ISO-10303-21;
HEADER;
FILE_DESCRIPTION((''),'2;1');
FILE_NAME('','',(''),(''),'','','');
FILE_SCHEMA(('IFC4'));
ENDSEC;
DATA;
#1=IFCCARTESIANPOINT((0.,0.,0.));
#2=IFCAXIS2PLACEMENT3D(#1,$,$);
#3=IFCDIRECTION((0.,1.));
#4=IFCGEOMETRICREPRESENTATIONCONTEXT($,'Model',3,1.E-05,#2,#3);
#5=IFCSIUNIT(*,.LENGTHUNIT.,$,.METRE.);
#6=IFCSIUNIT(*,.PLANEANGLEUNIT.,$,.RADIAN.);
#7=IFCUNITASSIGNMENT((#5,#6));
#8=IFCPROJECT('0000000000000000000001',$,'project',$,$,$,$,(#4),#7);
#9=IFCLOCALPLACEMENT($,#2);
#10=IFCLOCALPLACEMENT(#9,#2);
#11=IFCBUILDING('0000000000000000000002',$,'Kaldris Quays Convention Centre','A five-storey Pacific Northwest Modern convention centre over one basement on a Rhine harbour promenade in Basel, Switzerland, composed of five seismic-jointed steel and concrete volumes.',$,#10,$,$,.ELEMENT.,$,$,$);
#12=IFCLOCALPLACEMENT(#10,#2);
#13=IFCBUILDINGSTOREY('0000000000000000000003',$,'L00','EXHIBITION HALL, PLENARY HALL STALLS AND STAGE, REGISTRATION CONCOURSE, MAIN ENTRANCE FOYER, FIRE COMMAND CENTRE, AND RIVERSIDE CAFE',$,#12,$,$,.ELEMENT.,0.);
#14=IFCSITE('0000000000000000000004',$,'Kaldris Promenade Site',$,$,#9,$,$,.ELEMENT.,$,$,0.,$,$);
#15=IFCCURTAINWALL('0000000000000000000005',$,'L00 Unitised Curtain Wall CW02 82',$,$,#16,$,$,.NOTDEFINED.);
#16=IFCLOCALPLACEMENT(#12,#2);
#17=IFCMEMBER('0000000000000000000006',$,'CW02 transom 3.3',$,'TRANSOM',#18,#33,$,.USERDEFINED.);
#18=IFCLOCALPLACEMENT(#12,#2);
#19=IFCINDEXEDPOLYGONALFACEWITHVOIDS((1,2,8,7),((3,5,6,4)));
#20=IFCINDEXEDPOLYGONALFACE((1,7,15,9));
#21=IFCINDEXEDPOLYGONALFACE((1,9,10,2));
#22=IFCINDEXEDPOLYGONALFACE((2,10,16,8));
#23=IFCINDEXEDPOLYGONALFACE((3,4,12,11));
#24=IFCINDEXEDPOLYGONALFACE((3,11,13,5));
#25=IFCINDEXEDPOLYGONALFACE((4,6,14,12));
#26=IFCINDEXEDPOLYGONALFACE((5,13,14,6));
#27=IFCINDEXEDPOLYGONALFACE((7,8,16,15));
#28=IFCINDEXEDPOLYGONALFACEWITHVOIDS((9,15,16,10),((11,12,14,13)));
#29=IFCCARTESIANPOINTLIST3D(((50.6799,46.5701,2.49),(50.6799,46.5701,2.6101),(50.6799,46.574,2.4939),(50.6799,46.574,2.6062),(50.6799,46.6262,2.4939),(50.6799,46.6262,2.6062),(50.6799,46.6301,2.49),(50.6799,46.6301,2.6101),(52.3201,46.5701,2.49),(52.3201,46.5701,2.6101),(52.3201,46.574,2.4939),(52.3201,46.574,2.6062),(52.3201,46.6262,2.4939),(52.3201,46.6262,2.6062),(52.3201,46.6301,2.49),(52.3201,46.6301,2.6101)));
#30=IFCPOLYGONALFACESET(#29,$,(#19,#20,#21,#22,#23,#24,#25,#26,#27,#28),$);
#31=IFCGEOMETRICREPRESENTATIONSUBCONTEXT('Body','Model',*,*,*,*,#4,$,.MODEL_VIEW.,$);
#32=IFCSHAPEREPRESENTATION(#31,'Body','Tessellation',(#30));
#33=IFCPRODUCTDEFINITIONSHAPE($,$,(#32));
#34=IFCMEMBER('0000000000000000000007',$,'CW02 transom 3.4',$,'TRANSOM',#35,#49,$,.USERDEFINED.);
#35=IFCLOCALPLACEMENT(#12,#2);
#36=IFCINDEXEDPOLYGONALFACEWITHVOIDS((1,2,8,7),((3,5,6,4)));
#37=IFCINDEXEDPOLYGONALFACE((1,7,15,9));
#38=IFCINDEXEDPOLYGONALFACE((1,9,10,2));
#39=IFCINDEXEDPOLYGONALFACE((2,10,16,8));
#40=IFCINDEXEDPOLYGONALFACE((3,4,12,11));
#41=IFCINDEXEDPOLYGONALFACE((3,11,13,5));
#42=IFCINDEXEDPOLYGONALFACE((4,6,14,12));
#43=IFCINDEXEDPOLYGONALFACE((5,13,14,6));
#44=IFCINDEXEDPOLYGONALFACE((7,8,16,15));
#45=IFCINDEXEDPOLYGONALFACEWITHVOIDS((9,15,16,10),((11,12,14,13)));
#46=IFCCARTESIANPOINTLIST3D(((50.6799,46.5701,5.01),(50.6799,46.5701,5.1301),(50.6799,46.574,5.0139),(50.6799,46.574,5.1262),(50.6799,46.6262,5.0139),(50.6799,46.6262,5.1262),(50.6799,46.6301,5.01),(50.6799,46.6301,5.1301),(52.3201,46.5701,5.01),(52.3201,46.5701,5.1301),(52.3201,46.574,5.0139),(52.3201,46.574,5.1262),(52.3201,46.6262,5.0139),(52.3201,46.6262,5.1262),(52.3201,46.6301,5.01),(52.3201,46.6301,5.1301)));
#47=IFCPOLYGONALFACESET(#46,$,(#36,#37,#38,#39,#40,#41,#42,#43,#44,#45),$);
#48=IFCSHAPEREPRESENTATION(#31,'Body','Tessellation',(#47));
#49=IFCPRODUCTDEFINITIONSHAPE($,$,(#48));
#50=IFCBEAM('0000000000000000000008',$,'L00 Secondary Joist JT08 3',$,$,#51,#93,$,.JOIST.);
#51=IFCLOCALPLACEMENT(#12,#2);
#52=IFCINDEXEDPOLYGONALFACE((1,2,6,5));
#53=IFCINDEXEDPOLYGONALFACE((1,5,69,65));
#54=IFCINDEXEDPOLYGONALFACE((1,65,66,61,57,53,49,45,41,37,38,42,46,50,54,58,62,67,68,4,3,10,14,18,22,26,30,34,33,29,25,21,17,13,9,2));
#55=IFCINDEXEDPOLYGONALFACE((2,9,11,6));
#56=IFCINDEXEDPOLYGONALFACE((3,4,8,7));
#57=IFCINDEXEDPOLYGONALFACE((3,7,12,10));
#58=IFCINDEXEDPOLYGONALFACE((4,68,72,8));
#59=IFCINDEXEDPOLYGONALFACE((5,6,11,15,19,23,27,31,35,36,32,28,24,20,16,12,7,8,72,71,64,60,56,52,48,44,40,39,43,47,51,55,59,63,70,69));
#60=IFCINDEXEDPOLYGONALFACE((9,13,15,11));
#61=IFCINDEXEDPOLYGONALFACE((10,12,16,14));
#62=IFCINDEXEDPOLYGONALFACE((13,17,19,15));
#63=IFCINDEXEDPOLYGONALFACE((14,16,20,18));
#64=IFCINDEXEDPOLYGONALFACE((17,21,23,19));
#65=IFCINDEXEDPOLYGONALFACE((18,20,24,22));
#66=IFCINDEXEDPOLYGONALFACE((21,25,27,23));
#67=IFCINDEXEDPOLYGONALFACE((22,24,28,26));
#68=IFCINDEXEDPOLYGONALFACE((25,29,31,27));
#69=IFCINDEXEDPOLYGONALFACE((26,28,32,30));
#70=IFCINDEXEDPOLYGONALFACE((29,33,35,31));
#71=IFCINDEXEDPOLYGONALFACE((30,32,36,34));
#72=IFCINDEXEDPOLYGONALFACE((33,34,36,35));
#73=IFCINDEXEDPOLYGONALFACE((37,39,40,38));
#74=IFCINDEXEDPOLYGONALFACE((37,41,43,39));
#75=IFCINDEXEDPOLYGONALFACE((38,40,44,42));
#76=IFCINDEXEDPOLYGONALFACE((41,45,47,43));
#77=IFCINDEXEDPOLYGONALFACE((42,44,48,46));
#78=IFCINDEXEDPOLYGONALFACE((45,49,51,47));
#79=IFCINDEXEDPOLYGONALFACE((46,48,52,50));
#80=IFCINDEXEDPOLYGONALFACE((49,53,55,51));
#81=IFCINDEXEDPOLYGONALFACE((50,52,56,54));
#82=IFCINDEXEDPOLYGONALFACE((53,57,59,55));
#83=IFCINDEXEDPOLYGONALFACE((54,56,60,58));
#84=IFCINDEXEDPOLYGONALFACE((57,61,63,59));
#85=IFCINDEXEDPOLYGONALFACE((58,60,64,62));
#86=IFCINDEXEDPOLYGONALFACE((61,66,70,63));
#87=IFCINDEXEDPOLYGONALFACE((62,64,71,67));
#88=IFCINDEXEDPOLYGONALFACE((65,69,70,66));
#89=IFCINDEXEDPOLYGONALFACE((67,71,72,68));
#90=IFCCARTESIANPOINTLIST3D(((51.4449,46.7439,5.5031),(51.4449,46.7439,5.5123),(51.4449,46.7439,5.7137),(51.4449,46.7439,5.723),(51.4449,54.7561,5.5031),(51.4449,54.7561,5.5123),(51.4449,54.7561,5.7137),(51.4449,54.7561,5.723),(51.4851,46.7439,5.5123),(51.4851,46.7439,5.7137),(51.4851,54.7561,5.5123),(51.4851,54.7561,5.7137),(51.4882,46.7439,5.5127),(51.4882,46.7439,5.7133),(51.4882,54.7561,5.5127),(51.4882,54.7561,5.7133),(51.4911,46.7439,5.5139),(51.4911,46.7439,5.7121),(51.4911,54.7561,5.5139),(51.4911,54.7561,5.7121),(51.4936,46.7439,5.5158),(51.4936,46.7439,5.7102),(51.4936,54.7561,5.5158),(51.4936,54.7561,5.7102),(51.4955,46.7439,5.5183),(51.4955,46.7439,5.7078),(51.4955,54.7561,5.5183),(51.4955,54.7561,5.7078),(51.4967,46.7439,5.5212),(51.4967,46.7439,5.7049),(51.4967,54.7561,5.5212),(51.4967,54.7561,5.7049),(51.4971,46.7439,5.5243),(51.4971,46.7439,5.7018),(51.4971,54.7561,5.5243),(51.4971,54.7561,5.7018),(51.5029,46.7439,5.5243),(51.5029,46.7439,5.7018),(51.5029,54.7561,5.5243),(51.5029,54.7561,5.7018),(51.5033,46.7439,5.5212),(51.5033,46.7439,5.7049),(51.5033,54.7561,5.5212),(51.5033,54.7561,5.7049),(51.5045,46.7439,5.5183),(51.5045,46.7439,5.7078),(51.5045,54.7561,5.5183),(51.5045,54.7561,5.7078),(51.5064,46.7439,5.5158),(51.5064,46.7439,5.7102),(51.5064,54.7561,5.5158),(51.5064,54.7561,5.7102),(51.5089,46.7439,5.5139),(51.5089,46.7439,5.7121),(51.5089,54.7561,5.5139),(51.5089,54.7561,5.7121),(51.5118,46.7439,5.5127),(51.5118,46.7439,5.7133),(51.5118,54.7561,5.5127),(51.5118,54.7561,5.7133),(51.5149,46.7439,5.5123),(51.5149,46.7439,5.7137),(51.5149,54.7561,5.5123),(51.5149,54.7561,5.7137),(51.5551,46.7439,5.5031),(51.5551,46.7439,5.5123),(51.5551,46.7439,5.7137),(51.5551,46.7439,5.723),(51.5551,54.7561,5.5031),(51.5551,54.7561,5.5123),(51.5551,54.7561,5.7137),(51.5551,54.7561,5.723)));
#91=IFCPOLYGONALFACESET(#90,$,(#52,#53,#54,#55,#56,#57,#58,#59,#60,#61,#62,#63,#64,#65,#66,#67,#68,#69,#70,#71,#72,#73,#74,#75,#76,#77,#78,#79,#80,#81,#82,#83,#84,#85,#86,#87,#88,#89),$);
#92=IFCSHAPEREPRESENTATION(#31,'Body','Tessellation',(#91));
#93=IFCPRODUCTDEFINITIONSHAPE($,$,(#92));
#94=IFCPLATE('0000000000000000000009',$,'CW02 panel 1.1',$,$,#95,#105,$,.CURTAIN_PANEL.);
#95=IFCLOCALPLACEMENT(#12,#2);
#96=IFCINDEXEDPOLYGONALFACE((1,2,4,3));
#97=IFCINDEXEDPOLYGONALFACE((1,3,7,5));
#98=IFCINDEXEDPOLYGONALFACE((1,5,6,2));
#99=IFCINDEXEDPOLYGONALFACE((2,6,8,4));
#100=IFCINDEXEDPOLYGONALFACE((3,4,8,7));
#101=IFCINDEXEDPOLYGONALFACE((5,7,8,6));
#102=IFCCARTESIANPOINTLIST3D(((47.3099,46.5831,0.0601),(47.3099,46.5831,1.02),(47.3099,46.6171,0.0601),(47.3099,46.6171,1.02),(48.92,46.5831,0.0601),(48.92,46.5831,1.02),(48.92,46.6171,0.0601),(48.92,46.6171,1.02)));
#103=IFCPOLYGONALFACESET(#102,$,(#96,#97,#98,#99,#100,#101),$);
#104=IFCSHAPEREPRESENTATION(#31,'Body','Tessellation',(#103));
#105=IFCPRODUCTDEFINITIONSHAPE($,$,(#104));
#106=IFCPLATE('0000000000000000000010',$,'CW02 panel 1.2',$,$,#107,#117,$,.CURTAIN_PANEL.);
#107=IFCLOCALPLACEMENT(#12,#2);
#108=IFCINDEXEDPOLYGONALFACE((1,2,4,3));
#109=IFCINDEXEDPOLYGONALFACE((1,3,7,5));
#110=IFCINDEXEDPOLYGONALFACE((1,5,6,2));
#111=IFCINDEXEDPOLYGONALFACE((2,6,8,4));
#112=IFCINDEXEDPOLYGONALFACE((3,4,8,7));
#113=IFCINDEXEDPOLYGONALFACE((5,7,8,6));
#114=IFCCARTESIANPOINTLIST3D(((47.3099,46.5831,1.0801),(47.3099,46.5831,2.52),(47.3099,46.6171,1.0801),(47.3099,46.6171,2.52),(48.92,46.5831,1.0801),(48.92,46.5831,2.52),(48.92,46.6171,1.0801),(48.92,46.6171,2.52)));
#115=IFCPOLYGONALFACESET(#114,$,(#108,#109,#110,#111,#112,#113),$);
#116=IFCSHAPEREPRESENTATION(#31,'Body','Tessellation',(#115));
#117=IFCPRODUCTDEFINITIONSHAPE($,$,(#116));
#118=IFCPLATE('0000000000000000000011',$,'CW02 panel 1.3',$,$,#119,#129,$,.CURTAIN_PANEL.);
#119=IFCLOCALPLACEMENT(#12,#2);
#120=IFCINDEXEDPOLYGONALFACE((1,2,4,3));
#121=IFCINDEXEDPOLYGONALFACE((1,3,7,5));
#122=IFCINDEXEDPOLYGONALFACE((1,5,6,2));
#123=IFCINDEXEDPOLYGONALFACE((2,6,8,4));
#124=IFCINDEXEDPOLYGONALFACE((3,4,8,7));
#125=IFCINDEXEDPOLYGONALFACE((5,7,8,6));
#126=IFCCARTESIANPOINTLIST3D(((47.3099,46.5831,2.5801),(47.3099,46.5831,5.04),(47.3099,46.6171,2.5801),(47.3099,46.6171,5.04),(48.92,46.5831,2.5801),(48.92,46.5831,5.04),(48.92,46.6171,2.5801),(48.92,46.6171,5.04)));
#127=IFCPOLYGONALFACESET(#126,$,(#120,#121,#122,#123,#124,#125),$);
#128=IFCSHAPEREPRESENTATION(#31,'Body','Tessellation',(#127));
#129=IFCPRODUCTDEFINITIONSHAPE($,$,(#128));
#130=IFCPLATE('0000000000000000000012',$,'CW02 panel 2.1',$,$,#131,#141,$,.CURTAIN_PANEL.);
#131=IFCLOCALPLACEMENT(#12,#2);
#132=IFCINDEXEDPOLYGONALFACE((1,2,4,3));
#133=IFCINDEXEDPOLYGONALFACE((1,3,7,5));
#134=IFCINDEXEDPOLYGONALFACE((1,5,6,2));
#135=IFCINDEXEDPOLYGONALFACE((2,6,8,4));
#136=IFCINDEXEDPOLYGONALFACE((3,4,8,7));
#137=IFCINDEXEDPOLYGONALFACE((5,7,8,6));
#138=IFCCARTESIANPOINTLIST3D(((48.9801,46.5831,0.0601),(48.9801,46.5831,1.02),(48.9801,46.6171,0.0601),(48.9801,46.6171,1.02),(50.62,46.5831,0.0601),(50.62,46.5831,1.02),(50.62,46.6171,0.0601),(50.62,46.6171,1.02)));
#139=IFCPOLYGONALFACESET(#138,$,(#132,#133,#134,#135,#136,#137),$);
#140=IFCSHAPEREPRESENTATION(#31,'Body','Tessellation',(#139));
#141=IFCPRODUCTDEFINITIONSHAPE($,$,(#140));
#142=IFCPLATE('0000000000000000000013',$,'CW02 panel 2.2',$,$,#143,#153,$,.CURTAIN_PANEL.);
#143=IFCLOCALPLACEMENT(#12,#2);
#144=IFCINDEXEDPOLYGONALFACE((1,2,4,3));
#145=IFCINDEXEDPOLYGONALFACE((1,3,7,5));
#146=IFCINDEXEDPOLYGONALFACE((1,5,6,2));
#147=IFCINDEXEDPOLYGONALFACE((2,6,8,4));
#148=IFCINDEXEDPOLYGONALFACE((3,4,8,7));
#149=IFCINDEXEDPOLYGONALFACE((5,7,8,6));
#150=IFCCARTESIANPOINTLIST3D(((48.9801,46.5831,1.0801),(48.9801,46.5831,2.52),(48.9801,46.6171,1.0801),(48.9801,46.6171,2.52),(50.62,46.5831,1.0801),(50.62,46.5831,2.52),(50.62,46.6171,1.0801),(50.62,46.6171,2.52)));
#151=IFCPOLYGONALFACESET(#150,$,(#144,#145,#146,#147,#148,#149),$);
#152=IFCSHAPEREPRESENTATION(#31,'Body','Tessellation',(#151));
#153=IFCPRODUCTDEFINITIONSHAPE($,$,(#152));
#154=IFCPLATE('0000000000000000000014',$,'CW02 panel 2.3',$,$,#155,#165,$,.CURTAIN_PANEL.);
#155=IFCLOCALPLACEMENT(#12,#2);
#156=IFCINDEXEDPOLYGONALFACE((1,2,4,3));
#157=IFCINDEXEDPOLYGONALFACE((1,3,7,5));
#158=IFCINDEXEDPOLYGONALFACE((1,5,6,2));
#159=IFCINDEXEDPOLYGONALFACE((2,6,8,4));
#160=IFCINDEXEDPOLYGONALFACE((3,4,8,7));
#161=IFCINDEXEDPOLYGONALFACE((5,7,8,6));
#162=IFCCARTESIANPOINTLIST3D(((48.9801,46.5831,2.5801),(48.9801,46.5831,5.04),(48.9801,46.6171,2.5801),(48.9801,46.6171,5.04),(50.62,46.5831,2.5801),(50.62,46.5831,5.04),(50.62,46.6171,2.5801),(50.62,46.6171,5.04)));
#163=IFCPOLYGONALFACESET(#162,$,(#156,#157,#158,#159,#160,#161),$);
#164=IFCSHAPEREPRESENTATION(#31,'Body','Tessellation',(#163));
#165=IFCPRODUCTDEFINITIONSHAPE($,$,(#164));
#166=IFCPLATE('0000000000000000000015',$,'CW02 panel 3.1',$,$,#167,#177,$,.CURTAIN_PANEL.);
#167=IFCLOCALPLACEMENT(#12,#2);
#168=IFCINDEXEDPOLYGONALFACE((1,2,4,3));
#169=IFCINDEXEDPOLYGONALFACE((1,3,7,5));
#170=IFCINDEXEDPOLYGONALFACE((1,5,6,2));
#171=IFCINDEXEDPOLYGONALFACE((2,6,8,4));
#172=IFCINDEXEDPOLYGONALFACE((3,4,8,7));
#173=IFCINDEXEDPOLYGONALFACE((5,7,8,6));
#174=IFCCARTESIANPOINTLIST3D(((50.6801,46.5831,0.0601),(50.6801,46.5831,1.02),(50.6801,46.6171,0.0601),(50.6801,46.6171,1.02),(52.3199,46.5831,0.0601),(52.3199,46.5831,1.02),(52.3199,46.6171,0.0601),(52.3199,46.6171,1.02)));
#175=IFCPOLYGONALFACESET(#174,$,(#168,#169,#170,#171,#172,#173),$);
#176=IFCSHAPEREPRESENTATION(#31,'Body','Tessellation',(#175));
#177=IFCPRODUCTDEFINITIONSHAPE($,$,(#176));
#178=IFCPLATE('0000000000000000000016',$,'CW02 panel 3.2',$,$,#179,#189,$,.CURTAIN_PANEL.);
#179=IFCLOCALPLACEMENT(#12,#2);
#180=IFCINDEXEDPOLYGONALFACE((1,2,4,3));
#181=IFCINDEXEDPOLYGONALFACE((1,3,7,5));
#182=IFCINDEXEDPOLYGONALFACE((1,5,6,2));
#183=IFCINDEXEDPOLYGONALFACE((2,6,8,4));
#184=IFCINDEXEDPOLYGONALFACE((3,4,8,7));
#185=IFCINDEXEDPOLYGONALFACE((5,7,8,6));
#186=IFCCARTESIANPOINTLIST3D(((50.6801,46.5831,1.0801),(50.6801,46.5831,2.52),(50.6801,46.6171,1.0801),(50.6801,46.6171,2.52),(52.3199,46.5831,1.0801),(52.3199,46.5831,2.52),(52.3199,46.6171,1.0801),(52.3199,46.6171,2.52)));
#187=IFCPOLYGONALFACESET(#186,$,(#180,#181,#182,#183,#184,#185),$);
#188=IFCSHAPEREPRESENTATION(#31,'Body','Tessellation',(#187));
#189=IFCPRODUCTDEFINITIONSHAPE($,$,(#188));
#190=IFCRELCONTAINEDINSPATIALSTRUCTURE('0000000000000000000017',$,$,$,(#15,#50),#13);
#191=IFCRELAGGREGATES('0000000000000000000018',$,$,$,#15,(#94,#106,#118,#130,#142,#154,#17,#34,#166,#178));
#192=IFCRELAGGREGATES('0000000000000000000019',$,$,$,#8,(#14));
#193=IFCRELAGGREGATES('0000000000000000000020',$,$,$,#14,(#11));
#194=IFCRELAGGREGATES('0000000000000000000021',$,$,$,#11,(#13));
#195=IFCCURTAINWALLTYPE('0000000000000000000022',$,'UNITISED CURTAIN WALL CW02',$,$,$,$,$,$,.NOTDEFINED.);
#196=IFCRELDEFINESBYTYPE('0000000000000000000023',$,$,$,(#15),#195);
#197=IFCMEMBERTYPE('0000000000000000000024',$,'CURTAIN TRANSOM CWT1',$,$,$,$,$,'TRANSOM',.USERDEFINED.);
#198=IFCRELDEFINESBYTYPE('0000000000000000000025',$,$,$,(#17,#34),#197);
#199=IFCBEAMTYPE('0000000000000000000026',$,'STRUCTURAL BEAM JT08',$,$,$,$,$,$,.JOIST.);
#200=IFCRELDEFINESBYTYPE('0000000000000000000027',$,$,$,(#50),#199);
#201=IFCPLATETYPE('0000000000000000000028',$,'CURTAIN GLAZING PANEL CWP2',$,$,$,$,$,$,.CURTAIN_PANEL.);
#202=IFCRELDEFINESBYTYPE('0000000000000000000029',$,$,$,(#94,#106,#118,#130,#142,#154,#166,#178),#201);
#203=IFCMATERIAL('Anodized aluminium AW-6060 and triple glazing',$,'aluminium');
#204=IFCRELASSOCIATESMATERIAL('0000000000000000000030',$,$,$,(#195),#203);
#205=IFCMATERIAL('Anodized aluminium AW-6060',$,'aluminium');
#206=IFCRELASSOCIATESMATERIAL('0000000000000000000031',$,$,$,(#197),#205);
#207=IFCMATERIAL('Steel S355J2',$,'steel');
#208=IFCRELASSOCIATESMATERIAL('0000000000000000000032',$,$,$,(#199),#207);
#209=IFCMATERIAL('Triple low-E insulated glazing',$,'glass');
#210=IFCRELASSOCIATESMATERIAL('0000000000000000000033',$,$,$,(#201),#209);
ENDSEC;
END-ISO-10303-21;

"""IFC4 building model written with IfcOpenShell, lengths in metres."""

from ifc_helpers import new_model, si_unit, direction, frame, origin, origin_2d, place, context, subcontext, project, spatial, rectangle, hollow_rectangle, i_section, extrude, material, material_profile, profile_set, type_object, element, aggregate, save


model = new_model("IFC4")

# Units and contexts
model_context = context("Model", 3, precision=1e-05, world=origin(), true_north=direction((0.0, 1.0)))
body_context = subcontext(model_context, "Body", "Model", "MODEL_VIEW")
ifc_project = project(units=[si_unit("LENGTHUNIT", "METRE"), si_unit("PLANEANGLEUNIT", "RADIAN")], contexts=[model_context])

# Site, building, storey
site_placement = place(None, origin())
site = spatial("IfcSite", under=ifc_project, at=site_placement, Name="Kaldris Promenade Site", CompositionType="ELEMENT", RefElevation=0.0)
building_placement = place(site_placement, origin())
building = spatial("IfcBuilding", under=site, at=building_placement, Name="Kaldris Quays Convention Centre", Description="A five-storey Pacific Northwest Modern convention centre over one basement on a Rhine harbour promenade in Basel, Switzerland, composed of five seismic-jointed steel and concrete volumes.", CompositionType="ELEMENT")
storey_placement = place(building_placement, origin())
storey = spatial("IfcBuildingStorey", under=building, at=storey_placement, Name="L00", Description="EXHIBITION HALL, PLENARY HALL STALLS AND STAGE, REGISTRATION CONCOURSE, MAIN ENTRANCE FOYER, FIRE COMMAND CENTRE, AND RIVERSIDE CAFE", CompositionType="ELEMENT", Elevation=0.0)

# Curtain wall, members
ifc_material_1 = material(Name="Anodized aluminium AW-6060 and triple glazing", Category="aluminium")
curtain_wall_type = type_object("IfcCurtainWallType", Name="UNITISED CURTAIN WALL CW02", PredefinedType="NOTDEFINED", material=ifc_material_1)
curtain_wall_placement = place(storey_placement, origin())
curtain_wall = element("IfcCurtainWall", 1, at=curtain_wall_placement, inside=storey, type_object=curtain_wall_type, Name="L00 Unitised Curtain Wall CW02 82", PredefinedType="NOTDEFINED")
ifc_material_2 = material(Name="Anodized aluminium AW-6060", Category="aluminium")
ifc_material_profile_1 = material_profile(ifc_material_2, hollow_rectangle(XDim=0.0601, YDim=0.1201, WallThickness=0.0039, at=origin_2d()), Name="RHS 120x60x4")
ifc_profile_set_1 = profile_set([ifc_material_profile_1], Name="Anodized aluminium AW-6060")
member_type_1 = type_object("IfcMemberType", Name="CURTAIN TRANSOM CWT1", ElementType="TRANSOM", PredefinedType="USERDEFINED", material=ifc_profile_set_1)
member_1_placement = place(storey_placement, frame((50.6799, 46.6001, 2.55), z_axis=(1.0, 0.0, 0.0), x_axis=(0.0, 1.0, 0.0)))
member_1 = element("IfcMember", 2, at=member_1_placement, type_object=member_type_1, Name="CW02 transom 3.3", ObjectType="TRANSOM", PredefinedType="USERDEFINED", context=body_context, shape_type="SweptSolid", body=[
    extrude(hollow_rectangle(XDim=0.0601, YDim=0.1201, WallThickness=0.0039, at=origin_2d()), origin(), (0.0, 0.0, 1.0), 1.6401),
])
member_2_placement = place(storey_placement, frame((50.6799, 46.6001, 5.0701), z_axis=(1.0, 0.0, 0.0), x_axis=(0.0, 1.0, 0.0)))
member_2 = element("IfcMember", 3, at=member_2_placement, type_object=member_type_1, Name="CW02 transom 3.4", ObjectType="TRANSOM", PredefinedType="USERDEFINED", context=body_context, shape_type="SweptSolid", body=[
    extrude(hollow_rectangle(XDim=0.0601, YDim=0.1201, WallThickness=0.0039, at=origin_2d()), origin(), (0.0, 0.0, 1.0), 1.6401),
])

# Beam
ifc_material_3 = material(Name="Steel S355J2", Category="steel")
ifc_material_profile_2 = material_profile(ifc_material_3, i_section(OverallWidth=0.1101, OverallDepth=0.22, WebThickness=0.0059, FlangeThickness=0.0093, FilletRadius=0.012, at=origin_2d()), Name="IPE 220")
ifc_profile_set_2 = profile_set([ifc_material_profile_2], Name="Steel S355J2")
beam_type = type_object("IfcBeamType", Name="STRUCTURAL BEAM JT08", PredefinedType="JOIST", material=ifc_profile_set_2)
beam_placement = place(storey_placement, frame((51.5, 46.7439, 5.613), z_axis=(0.0, 1.0, 0.0), x_axis=(-1.0, 0.0, 0.0)))
element("IfcBeam", 4, at=beam_placement, inside=storey, type_object=beam_type, Name="L00 Secondary Joist JT08 3", PredefinedType="JOIST", context=body_context, shape_type="SweptSolid", body=[
    extrude(i_section(OverallWidth=0.1101, OverallDepth=0.22, WebThickness=0.0059, FlangeThickness=0.0093, FilletRadius=0.012, at=origin_2d()), origin(), (0.0, 0.0, 1.0), 8.0122),
])

# Plates
ifc_material_4 = material(Name="Triple low-E insulated glazing", Category="glass")
plate_type = type_object("IfcPlateType", Name="CURTAIN GLAZING PANEL CWP2", PredefinedType="CURTAIN_PANEL", material=ifc_material_4)
plate_1_placement = place(storey_placement, frame((48.115, 46.6001, 0.0601), z_axis=(0.0, 0.0, 1.0), x_axis=(1.0, 0.0, 0.0)))
plate_1 = element("IfcPlate", 5, at=plate_1_placement, type_object=plate_type, Name="CW02 panel 1.1", PredefinedType="CURTAIN_PANEL", context=body_context, shape_type="SweptSolid", body=[
    extrude(rectangle(XDim=1.6101, YDim=0.0339, at=origin_2d()), origin(), (0.0, 0.0, 1.0), 0.96),
])
plate_2_placement = place(storey_placement, frame((48.115, 46.6001, 1.0801), z_axis=(0.0, 0.0, 1.0), x_axis=(1.0, 0.0, 0.0)))
plate_2 = element("IfcPlate", 6, at=plate_2_placement, type_object=plate_type, Name="CW02 panel 1.2", PredefinedType="CURTAIN_PANEL", context=body_context, shape_type="SweptSolid", body=[
    extrude(rectangle(XDim=1.6101, YDim=0.0339, at=origin_2d()), origin(), (0.0, 0.0, 1.0), 1.4399),
])
plate_3_placement = place(storey_placement, frame((48.115, 46.6001, 2.5801), z_axis=(0.0, 0.0, 1.0), x_axis=(1.0, 0.0, 0.0)))
plate_3 = element("IfcPlate", 7, at=plate_3_placement, type_object=plate_type, Name="CW02 panel 1.3", PredefinedType="CURTAIN_PANEL", context=body_context, shape_type="SweptSolid", body=[
    extrude(rectangle(XDim=1.6101, YDim=0.0339, at=origin_2d()), origin(), (0.0, 0.0, 1.0), 2.46),
])
plate_4_placement = place(storey_placement, frame((49.8, 46.6001, 0.0601), z_axis=(0.0, 0.0, 1.0), x_axis=(1.0, 0.0, 0.0)))
plate_4 = element("IfcPlate", 8, at=plate_4_placement, type_object=plate_type, Name="CW02 panel 2.1", PredefinedType="CURTAIN_PANEL", context=body_context, shape_type="SweptSolid", body=[
    extrude(rectangle(XDim=1.6399, YDim=0.0339, at=origin_2d()), origin(), (0.0, 0.0, 1.0), 0.96),
])
plate_5_placement = place(storey_placement, frame((49.8, 46.6001, 1.0801), z_axis=(0.0, 0.0, 1.0), x_axis=(1.0, 0.0, 0.0)))
plate_5 = element("IfcPlate", 9, at=plate_5_placement, type_object=plate_type, Name="CW02 panel 2.2", PredefinedType="CURTAIN_PANEL", context=body_context, shape_type="SweptSolid", body=[
    extrude(rectangle(XDim=1.6399, YDim=0.0339, at=origin_2d()), origin(), (0.0, 0.0, 1.0), 1.4399),
])
plate_6_placement = place(storey_placement, frame((49.8, 46.6001, 2.5801), z_axis=(0.0, 0.0, 1.0), x_axis=(1.0, 0.0, 0.0)))
plate_6 = element("IfcPlate", 10, at=plate_6_placement, type_object=plate_type, Name="CW02 panel 2.3", PredefinedType="CURTAIN_PANEL", context=body_context, shape_type="SweptSolid", body=[
    extrude(rectangle(XDim=1.6399, YDim=0.0339, at=origin_2d()), origin(), (0.0, 0.0, 1.0), 2.46),
])
plate_7_placement = place(storey_placement, frame((51.5, 46.6001, 0.0601), z_axis=(0.0, 0.0, 1.0), x_axis=(1.0, 0.0, 0.0)))
plate_7 = element("IfcPlate", 11, at=plate_7_placement, type_object=plate_type, Name="CW02 panel 3.1", PredefinedType="CURTAIN_PANEL", context=body_context, shape_type="SweptSolid", body=[
    extrude(rectangle(XDim=1.6399, YDim=0.0339, at=origin_2d()), origin(), (0.0, 0.0, 1.0), 0.96),
])
plate_8_placement = place(storey_placement, frame((51.5, 46.6001, 1.0801), z_axis=(0.0, 0.0, 1.0), x_axis=(1.0, 0.0, 0.0)))
plate_8 = element("IfcPlate", 12, at=plate_8_placement, type_object=plate_type, Name="CW02 panel 3.2", PredefinedType="CURTAIN_PANEL", context=body_context, shape_type="SweptSolid", body=[
    extrude(rectangle(XDim=1.6399, YDim=0.0339, at=origin_2d()), origin(), (0.0, 0.0, 1.0), 1.4399),
])
aggregate(curtain_wall, [plate_1, plate_2, plate_3, plate_4, plate_5, plate_6, member_1, member_2, plate_7, plate_8])

save(model, "model.ifc")
